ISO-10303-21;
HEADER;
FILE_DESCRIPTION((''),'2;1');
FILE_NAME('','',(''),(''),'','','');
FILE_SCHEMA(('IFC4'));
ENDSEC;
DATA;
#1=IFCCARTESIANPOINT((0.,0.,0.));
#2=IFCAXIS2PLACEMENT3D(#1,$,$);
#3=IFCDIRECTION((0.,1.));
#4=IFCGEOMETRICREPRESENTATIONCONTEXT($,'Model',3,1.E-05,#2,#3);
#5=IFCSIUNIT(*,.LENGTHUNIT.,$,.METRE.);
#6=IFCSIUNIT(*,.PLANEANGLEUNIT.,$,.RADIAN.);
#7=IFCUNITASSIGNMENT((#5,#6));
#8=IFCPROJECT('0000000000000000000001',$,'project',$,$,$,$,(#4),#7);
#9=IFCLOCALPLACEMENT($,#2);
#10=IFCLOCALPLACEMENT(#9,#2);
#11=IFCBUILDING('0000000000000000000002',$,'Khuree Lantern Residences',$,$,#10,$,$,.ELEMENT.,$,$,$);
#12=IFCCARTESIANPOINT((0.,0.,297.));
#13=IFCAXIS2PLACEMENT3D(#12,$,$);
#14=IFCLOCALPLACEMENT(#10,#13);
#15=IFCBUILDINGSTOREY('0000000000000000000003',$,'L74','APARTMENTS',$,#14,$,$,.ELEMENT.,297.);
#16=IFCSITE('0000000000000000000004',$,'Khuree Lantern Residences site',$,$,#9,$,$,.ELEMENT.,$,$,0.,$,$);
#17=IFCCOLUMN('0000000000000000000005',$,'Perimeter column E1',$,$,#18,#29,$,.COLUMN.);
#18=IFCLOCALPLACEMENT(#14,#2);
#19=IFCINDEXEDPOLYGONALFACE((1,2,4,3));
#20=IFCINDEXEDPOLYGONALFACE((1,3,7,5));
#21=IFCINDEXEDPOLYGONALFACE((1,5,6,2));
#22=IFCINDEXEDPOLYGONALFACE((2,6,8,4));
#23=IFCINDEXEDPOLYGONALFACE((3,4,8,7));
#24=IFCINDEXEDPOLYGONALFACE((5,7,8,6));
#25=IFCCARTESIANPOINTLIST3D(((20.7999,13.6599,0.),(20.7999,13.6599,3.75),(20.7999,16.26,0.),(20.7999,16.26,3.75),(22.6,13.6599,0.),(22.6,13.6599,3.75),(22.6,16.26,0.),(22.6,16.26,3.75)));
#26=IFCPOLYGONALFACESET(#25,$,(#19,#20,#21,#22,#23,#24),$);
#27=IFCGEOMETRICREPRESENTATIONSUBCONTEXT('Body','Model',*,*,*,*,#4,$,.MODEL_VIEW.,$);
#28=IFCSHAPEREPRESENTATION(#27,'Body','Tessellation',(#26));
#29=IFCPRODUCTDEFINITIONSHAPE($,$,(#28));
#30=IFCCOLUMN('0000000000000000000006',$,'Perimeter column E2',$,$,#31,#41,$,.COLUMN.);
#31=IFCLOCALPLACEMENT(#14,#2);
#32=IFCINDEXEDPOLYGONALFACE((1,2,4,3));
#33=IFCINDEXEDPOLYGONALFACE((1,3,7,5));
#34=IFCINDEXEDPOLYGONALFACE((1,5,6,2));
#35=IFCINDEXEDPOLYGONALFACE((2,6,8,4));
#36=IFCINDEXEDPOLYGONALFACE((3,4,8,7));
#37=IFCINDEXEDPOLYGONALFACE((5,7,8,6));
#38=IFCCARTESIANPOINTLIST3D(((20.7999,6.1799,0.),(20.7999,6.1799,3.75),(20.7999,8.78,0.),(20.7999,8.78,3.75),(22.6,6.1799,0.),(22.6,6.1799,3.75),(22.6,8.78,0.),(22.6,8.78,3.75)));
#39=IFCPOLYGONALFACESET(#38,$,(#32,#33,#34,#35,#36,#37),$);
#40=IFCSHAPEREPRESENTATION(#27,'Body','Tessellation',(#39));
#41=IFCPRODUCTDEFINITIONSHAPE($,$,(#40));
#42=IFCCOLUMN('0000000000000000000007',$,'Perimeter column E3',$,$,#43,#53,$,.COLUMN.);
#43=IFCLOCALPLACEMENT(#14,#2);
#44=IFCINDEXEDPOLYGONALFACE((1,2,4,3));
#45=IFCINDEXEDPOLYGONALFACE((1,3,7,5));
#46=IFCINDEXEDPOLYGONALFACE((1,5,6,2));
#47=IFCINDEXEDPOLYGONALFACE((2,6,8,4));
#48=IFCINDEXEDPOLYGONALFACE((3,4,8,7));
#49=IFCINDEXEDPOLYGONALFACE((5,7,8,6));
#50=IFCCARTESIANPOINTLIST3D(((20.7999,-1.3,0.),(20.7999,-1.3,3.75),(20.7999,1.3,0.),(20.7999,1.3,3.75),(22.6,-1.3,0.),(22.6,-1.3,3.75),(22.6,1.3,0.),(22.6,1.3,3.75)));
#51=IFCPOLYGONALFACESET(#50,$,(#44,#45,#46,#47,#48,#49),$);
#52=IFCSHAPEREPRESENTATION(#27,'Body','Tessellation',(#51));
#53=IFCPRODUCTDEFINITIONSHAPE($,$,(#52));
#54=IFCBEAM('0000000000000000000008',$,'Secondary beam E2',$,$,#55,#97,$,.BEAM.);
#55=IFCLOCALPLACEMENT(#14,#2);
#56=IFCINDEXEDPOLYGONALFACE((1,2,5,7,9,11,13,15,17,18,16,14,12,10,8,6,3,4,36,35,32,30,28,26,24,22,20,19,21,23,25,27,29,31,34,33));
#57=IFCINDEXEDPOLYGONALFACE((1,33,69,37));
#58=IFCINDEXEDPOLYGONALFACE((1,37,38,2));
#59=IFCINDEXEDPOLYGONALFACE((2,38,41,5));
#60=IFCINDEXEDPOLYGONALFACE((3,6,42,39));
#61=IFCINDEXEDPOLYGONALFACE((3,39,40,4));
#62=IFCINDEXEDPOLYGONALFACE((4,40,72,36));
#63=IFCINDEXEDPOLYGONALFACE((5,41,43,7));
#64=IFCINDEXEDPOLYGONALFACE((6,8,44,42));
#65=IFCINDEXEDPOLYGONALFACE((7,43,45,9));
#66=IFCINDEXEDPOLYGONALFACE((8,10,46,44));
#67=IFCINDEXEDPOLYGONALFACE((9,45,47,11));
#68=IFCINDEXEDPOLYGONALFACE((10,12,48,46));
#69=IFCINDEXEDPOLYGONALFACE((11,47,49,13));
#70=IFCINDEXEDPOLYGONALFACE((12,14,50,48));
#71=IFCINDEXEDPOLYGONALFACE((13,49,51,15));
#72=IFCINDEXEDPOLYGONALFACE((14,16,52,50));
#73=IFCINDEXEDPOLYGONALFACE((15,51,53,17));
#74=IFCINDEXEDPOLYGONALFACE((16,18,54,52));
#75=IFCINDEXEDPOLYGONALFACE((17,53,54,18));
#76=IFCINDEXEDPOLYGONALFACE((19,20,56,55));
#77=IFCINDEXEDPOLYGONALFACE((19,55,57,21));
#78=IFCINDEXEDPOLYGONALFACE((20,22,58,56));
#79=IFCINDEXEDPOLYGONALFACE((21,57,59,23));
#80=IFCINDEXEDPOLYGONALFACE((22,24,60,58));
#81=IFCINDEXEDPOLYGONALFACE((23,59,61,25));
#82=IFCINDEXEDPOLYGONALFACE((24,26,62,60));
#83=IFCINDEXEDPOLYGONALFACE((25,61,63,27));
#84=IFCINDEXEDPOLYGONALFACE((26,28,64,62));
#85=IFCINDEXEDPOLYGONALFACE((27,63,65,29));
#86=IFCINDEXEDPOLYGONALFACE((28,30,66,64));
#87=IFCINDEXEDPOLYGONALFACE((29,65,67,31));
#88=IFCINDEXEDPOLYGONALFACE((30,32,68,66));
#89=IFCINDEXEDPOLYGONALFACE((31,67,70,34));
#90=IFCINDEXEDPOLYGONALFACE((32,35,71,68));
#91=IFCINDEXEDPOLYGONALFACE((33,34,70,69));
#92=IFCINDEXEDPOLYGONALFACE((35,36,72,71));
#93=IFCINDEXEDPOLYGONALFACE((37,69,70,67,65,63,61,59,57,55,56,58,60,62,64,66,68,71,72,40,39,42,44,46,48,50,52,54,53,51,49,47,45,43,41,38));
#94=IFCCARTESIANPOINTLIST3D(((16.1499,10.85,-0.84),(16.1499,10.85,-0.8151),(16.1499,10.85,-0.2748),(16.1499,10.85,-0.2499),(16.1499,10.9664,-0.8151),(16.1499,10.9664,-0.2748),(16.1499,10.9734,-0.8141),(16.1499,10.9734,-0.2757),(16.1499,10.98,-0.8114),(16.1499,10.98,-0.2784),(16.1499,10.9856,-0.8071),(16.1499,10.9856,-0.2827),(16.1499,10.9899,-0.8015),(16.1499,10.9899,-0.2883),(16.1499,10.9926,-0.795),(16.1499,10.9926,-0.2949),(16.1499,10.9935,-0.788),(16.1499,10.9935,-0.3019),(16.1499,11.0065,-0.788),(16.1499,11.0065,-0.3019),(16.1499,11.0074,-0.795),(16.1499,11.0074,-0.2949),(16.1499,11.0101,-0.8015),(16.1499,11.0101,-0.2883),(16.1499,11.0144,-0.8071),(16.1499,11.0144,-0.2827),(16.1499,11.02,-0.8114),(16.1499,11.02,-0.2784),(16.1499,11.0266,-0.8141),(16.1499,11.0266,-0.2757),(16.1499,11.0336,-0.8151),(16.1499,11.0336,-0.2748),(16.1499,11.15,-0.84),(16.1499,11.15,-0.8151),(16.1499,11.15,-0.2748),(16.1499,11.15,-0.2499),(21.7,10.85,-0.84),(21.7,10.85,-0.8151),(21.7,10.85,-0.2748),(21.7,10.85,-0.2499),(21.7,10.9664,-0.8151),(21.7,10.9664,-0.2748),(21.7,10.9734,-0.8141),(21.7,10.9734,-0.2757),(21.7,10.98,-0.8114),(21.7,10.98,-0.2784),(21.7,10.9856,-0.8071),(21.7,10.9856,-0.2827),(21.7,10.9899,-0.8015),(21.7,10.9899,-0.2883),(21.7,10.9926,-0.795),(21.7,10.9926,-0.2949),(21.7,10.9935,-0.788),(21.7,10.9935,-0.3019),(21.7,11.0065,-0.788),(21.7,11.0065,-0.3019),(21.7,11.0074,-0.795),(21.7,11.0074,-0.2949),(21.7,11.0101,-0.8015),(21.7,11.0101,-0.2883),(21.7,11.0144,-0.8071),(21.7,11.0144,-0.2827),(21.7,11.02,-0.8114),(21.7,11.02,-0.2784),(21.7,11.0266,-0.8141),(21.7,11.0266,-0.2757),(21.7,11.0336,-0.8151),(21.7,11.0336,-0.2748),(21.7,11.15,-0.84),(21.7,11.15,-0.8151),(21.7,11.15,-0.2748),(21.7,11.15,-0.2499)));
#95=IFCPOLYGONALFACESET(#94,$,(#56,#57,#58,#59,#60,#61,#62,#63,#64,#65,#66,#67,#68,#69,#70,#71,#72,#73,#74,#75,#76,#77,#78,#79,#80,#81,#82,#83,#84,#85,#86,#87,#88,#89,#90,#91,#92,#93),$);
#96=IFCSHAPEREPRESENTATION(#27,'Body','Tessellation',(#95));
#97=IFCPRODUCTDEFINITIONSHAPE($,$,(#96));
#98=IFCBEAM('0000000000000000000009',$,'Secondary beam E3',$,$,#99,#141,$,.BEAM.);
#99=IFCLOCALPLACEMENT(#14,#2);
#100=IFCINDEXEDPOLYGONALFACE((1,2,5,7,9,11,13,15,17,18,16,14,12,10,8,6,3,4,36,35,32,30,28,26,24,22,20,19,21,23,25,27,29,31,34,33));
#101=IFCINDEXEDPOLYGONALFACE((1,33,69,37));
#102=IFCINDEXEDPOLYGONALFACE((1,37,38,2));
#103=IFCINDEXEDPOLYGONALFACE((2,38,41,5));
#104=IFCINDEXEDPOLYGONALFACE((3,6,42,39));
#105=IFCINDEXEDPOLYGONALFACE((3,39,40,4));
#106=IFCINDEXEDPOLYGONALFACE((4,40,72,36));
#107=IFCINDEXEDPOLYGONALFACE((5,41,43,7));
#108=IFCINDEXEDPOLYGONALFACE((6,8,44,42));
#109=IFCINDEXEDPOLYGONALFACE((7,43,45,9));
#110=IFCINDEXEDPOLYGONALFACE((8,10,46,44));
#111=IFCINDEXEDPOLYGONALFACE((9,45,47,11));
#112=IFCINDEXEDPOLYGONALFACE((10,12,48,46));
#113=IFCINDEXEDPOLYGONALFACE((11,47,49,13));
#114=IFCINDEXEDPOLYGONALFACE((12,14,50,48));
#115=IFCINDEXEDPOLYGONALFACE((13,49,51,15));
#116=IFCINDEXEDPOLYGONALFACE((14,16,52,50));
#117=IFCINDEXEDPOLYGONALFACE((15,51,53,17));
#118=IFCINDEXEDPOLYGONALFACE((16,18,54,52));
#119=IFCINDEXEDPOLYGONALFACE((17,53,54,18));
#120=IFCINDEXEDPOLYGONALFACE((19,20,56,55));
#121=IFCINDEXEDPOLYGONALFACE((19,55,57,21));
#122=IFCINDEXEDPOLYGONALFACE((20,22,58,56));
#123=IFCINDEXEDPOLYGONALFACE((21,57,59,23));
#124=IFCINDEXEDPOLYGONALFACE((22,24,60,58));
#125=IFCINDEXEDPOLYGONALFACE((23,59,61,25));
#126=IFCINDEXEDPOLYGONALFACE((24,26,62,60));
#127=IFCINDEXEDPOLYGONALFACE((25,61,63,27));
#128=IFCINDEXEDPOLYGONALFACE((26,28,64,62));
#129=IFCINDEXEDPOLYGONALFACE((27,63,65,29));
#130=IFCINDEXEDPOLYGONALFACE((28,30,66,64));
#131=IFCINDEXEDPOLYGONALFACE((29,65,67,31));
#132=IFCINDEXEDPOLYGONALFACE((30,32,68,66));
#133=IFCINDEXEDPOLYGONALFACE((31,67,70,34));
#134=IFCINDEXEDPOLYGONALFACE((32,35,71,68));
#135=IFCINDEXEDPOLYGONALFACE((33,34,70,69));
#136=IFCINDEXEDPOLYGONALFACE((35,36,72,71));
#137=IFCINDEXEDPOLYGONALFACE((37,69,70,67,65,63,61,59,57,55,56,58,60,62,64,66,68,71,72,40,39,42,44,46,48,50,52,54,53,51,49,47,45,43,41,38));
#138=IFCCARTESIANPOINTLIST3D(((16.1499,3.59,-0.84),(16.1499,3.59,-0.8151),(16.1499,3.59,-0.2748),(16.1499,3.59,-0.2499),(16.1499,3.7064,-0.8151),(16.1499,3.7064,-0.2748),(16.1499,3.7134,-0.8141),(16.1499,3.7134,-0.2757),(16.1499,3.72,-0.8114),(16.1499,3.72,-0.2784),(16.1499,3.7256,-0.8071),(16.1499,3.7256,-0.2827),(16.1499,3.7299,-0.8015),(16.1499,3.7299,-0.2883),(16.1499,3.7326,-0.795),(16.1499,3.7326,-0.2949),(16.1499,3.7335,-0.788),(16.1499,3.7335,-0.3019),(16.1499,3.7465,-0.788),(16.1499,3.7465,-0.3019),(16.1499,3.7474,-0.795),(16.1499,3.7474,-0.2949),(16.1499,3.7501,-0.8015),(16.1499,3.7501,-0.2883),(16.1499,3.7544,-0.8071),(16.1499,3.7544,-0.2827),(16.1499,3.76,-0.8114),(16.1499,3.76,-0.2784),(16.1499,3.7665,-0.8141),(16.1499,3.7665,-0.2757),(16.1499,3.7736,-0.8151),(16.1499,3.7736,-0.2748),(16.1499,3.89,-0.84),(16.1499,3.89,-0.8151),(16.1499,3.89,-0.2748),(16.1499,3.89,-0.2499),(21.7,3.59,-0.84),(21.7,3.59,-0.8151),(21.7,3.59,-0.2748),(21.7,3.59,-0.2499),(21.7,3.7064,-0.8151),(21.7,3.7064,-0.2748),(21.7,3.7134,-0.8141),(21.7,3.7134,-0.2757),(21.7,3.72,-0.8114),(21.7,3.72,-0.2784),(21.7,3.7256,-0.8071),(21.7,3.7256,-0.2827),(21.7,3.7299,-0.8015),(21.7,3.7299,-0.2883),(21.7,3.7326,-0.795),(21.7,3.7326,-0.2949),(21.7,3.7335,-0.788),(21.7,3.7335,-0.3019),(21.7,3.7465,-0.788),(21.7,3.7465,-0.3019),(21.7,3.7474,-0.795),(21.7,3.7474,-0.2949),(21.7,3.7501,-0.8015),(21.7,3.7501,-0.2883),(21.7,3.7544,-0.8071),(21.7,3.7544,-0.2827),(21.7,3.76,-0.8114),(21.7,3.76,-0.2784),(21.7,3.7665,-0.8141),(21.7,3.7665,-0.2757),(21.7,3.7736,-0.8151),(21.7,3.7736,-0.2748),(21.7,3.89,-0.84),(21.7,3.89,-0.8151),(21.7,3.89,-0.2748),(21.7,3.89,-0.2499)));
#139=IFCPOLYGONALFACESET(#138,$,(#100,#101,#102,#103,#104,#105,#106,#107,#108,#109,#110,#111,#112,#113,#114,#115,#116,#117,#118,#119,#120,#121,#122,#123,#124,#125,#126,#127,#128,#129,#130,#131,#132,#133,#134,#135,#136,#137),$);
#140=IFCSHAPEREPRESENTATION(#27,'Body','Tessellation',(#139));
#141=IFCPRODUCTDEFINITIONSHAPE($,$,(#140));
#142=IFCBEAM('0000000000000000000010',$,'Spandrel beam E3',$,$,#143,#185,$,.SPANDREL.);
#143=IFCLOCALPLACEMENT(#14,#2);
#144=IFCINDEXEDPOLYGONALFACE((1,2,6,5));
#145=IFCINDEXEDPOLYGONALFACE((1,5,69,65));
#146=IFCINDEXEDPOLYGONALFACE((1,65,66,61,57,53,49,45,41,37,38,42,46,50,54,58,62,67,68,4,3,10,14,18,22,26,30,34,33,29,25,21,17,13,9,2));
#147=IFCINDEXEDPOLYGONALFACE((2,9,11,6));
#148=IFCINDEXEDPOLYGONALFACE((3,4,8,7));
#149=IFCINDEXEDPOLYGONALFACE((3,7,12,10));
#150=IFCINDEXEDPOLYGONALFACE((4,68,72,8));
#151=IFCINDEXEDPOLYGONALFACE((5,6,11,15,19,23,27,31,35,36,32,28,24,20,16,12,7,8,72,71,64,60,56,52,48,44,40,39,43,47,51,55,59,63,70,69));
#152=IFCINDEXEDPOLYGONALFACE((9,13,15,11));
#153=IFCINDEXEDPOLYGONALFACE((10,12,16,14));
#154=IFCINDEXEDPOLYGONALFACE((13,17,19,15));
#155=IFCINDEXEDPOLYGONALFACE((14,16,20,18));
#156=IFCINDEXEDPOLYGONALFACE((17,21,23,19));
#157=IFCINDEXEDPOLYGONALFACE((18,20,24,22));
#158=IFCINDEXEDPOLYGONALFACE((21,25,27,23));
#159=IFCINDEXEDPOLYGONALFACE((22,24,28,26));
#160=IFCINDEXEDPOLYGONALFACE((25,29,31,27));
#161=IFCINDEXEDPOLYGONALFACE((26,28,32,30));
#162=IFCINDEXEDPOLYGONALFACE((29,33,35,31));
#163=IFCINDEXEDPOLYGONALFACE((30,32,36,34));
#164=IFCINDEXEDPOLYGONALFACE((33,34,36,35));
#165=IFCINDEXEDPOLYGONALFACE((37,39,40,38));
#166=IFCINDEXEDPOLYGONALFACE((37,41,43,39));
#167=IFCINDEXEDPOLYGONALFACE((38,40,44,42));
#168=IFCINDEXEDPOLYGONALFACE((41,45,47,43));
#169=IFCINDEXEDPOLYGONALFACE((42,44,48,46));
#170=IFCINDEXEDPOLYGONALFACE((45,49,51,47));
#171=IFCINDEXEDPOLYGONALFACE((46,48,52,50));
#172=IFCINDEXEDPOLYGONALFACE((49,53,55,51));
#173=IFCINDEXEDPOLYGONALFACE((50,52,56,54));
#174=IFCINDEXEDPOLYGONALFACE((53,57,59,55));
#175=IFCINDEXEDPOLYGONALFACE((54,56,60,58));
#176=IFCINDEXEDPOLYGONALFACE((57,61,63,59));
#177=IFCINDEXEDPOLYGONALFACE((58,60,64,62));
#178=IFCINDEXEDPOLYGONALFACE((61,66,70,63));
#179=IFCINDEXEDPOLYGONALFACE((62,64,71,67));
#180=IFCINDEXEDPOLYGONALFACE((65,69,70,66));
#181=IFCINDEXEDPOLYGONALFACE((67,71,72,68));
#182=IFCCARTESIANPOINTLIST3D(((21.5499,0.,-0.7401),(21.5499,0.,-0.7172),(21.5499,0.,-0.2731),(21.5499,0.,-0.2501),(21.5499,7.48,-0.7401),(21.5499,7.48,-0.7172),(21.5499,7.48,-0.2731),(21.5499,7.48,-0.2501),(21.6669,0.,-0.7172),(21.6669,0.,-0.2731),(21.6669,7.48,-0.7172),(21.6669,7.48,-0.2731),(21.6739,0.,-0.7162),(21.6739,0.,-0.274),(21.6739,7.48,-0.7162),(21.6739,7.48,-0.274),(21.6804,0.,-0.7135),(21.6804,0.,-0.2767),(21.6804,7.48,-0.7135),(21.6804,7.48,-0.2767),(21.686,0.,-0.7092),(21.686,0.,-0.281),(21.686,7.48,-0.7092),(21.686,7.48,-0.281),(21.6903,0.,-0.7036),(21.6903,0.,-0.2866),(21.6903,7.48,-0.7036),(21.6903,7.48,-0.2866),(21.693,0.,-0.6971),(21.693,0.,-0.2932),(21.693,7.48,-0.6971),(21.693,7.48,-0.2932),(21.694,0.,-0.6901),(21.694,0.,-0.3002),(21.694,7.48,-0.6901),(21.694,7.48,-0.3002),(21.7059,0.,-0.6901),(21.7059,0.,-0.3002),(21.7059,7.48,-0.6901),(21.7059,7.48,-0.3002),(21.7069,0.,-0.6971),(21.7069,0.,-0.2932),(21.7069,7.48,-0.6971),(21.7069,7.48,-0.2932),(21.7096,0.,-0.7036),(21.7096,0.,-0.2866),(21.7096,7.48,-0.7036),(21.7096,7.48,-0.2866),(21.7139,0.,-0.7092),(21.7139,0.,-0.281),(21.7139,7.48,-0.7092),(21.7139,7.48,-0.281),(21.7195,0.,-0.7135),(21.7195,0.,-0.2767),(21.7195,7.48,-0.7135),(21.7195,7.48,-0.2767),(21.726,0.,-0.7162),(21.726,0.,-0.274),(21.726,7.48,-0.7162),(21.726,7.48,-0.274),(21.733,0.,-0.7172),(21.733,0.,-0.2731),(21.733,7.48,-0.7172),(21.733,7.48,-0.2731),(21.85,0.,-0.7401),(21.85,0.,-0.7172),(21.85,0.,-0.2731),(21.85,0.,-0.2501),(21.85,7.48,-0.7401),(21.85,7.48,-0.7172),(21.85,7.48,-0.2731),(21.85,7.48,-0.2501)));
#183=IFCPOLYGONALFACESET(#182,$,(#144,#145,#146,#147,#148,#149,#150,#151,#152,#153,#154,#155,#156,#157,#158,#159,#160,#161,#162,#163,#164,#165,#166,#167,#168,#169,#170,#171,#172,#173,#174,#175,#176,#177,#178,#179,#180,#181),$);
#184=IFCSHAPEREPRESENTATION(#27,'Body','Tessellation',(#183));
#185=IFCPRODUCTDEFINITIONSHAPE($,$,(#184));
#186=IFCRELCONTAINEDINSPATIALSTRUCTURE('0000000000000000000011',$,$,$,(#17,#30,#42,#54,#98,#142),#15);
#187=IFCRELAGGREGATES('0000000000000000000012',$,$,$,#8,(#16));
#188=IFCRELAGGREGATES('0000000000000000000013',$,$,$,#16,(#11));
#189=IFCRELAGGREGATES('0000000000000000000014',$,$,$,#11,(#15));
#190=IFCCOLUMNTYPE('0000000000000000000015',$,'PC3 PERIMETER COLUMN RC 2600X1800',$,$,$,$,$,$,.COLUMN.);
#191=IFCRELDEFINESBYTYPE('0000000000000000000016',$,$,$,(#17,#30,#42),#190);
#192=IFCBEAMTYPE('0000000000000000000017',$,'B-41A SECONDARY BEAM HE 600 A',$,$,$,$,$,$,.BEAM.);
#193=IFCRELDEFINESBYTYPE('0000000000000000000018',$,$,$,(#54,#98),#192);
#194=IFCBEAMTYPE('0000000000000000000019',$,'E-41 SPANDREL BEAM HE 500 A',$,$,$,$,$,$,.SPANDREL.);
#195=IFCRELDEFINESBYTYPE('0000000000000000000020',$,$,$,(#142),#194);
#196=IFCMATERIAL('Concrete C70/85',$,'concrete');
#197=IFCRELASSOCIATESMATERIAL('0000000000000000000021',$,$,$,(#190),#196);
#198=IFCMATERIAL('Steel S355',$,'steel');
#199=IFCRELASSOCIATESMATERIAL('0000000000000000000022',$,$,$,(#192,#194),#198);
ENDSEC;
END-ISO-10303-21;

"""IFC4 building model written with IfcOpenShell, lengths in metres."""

from ifc_helpers import new_model, si_unit, direction, frame, origin, origin_2d, place, context, subcontext, project, spatial, rectangle, i_section, extrude, material, material_profile, profile_set, type_object, element, save


model = new_model("IFC4")

# Units and contexts
model_context = context("Model", 3, precision=1e-05, world=origin(), true_north=direction((0.0, 1.0)))
body_context = subcontext(model_context, "Body", "Model", "MODEL_VIEW")
ifc_project = project(units=[si_unit("LENGTHUNIT", "METRE"), si_unit("PLANEANGLEUNIT", "RADIAN")], contexts=[model_context])

# Site, building, storey
site_placement = place(None, origin())
site = spatial("IfcSite", under=ifc_project, at=site_placement, Name="Khuree Lantern Residences site", CompositionType="ELEMENT", RefElevation=0.0)
building_placement = place(site_placement, origin())
building = spatial("IfcBuilding", under=site, at=building_placement, Name="Khuree Lantern Residences", CompositionType="ELEMENT")
storey_placement = place(building_placement, frame((0.0, 0.0, 297.0)))
storey = spatial("IfcBuildingStorey", under=building, at=storey_placement, Name="L74", Description="APARTMENTS", CompositionType="ELEMENT", Elevation=297.0)

# Columns
ifc_material_1 = material(Name="Concrete C70/85", Category="concrete")
ifc_material_profile_1 = material_profile(ifc_material_1, rectangle(XDim=2.6001, YDim=1.8, at=origin_2d()), Name="RC 2600X1800")
ifc_profile_set_1 = profile_set([ifc_material_profile_1], Name="Concrete C70/85")
column_type = type_object("IfcColumnType", Name="PC3 PERIMETER COLUMN RC 2600X1800", PredefinedType="COLUMN", material=ifc_profile_set_1)
for number, where, z_axis, x_axis, name in (
    (1, (21.7, 14.96, 0.0), (0.0, 0.0, 1.0), (0.0, 1.0, 0.0), "Perimeter column E1"),
    (2, (21.7, 7.48, 0.0), (0.0, 0.0, 1.0), (0.0, 1.0, 0.0), "Perimeter column E2"),
    (3, (21.7, 0.0, 0.0), (0.0, 0.0, 1.0), (0.0, 1.0, 0.0), "Perimeter column E3"),
):
    element("IfcColumn", number, at=place(storey_placement, frame(where, z_axis=z_axis, x_axis=x_axis)), inside=storey, type_object=column_type, Name=name, PredefinedType="COLUMN", context=body_context, shape_type="SweptSolid", body=[
        extrude(rectangle(XDim=2.6001, YDim=1.8, at=origin_2d()), origin(), (0.0, 0.0, 1.0), 3.75),
    ])

# Beams
ifc_material_2 = material(Name="Steel S355", Category="steel")
ifc_material_profile_2 = material_profile(ifc_material_2, i_section(OverallWidth=0.3, OverallDepth=0.5901, WebThickness=0.0129, FlangeThickness=0.0249, FilletRadius=0.0271, at=origin_2d()), Name="HE 600 A")
ifc_profile_set_2 = profile_set([ifc_material_profile_2], Name="Steel S355")
beam_type_1 = type_object("IfcBeamType", Name="B-41A SECONDARY BEAM HE 600 A", PredefinedType="BEAM", material=ifc_profile_set_2)
for number, where, z_axis, x_axis, name in (
    (4, (21.7, 11.0, -0.5449), (-1.0, 0.0, 0.0), (0.0, -1.0, 0.0), "Secondary beam E2"),
    (5, (21.7, 3.74, -0.5449), (-1.0, 0.0, 0.0), (0.0, -1.0, 0.0), "Secondary beam E3"),
):
    element("IfcBeam", number, at=place(storey_placement, frame(where, z_axis=z_axis, x_axis=x_axis)), inside=storey, type_object=beam_type_1, Name=name, PredefinedType="BEAM", context=body_context, shape_type="SweptSolid", body=[
        extrude(i_section(OverallWidth=0.3, OverallDepth=0.5901, WebThickness=0.0129, FlangeThickness=0.0249, FilletRadius=0.0271, at=origin_2d()), origin(), (0.0, 0.0, 1.0), 5.55),
    ])
ifc_material_profile_3 = material_profile(ifc_material_2, i_section(OverallWidth=0.3, OverallDepth=0.49, WebThickness=0.012, FlangeThickness=0.0229, FilletRadius=0.0271, at=origin_2d()), Name="HE 500 A")
ifc_profile_set_3 = profile_set([ifc_material_profile_3], Name="Steel S355")
beam_type_2 = type_object("IfcBeamType", Name="E-41 SPANDREL BEAM HE 500 A", PredefinedType="SPANDREL", material=ifc_profile_set_3)
for number, where, z_axis, x_axis, name in (
    (6, (21.7, 7.48, -0.4951), (0.0, -1.0, 0.0), (1.0, 0.0, 0.0), "Spandrel beam E3"),
):
    element("IfcBeam", number, at=place(storey_placement, frame(where, z_axis=z_axis, x_axis=x_axis)), inside=storey, type_object=beam_type_2, Name=name, PredefinedType="SPANDREL", context=body_context, shape_type="SweptSolid", body=[
        extrude(i_section(OverallWidth=0.3, OverallDepth=0.49, WebThickness=0.012, FlangeThickness=0.0229, FilletRadius=0.0271, at=origin_2d()), origin(), (0.0, 0.0, 1.0), 7.48),
    ])

save(model, "model.ifc")
